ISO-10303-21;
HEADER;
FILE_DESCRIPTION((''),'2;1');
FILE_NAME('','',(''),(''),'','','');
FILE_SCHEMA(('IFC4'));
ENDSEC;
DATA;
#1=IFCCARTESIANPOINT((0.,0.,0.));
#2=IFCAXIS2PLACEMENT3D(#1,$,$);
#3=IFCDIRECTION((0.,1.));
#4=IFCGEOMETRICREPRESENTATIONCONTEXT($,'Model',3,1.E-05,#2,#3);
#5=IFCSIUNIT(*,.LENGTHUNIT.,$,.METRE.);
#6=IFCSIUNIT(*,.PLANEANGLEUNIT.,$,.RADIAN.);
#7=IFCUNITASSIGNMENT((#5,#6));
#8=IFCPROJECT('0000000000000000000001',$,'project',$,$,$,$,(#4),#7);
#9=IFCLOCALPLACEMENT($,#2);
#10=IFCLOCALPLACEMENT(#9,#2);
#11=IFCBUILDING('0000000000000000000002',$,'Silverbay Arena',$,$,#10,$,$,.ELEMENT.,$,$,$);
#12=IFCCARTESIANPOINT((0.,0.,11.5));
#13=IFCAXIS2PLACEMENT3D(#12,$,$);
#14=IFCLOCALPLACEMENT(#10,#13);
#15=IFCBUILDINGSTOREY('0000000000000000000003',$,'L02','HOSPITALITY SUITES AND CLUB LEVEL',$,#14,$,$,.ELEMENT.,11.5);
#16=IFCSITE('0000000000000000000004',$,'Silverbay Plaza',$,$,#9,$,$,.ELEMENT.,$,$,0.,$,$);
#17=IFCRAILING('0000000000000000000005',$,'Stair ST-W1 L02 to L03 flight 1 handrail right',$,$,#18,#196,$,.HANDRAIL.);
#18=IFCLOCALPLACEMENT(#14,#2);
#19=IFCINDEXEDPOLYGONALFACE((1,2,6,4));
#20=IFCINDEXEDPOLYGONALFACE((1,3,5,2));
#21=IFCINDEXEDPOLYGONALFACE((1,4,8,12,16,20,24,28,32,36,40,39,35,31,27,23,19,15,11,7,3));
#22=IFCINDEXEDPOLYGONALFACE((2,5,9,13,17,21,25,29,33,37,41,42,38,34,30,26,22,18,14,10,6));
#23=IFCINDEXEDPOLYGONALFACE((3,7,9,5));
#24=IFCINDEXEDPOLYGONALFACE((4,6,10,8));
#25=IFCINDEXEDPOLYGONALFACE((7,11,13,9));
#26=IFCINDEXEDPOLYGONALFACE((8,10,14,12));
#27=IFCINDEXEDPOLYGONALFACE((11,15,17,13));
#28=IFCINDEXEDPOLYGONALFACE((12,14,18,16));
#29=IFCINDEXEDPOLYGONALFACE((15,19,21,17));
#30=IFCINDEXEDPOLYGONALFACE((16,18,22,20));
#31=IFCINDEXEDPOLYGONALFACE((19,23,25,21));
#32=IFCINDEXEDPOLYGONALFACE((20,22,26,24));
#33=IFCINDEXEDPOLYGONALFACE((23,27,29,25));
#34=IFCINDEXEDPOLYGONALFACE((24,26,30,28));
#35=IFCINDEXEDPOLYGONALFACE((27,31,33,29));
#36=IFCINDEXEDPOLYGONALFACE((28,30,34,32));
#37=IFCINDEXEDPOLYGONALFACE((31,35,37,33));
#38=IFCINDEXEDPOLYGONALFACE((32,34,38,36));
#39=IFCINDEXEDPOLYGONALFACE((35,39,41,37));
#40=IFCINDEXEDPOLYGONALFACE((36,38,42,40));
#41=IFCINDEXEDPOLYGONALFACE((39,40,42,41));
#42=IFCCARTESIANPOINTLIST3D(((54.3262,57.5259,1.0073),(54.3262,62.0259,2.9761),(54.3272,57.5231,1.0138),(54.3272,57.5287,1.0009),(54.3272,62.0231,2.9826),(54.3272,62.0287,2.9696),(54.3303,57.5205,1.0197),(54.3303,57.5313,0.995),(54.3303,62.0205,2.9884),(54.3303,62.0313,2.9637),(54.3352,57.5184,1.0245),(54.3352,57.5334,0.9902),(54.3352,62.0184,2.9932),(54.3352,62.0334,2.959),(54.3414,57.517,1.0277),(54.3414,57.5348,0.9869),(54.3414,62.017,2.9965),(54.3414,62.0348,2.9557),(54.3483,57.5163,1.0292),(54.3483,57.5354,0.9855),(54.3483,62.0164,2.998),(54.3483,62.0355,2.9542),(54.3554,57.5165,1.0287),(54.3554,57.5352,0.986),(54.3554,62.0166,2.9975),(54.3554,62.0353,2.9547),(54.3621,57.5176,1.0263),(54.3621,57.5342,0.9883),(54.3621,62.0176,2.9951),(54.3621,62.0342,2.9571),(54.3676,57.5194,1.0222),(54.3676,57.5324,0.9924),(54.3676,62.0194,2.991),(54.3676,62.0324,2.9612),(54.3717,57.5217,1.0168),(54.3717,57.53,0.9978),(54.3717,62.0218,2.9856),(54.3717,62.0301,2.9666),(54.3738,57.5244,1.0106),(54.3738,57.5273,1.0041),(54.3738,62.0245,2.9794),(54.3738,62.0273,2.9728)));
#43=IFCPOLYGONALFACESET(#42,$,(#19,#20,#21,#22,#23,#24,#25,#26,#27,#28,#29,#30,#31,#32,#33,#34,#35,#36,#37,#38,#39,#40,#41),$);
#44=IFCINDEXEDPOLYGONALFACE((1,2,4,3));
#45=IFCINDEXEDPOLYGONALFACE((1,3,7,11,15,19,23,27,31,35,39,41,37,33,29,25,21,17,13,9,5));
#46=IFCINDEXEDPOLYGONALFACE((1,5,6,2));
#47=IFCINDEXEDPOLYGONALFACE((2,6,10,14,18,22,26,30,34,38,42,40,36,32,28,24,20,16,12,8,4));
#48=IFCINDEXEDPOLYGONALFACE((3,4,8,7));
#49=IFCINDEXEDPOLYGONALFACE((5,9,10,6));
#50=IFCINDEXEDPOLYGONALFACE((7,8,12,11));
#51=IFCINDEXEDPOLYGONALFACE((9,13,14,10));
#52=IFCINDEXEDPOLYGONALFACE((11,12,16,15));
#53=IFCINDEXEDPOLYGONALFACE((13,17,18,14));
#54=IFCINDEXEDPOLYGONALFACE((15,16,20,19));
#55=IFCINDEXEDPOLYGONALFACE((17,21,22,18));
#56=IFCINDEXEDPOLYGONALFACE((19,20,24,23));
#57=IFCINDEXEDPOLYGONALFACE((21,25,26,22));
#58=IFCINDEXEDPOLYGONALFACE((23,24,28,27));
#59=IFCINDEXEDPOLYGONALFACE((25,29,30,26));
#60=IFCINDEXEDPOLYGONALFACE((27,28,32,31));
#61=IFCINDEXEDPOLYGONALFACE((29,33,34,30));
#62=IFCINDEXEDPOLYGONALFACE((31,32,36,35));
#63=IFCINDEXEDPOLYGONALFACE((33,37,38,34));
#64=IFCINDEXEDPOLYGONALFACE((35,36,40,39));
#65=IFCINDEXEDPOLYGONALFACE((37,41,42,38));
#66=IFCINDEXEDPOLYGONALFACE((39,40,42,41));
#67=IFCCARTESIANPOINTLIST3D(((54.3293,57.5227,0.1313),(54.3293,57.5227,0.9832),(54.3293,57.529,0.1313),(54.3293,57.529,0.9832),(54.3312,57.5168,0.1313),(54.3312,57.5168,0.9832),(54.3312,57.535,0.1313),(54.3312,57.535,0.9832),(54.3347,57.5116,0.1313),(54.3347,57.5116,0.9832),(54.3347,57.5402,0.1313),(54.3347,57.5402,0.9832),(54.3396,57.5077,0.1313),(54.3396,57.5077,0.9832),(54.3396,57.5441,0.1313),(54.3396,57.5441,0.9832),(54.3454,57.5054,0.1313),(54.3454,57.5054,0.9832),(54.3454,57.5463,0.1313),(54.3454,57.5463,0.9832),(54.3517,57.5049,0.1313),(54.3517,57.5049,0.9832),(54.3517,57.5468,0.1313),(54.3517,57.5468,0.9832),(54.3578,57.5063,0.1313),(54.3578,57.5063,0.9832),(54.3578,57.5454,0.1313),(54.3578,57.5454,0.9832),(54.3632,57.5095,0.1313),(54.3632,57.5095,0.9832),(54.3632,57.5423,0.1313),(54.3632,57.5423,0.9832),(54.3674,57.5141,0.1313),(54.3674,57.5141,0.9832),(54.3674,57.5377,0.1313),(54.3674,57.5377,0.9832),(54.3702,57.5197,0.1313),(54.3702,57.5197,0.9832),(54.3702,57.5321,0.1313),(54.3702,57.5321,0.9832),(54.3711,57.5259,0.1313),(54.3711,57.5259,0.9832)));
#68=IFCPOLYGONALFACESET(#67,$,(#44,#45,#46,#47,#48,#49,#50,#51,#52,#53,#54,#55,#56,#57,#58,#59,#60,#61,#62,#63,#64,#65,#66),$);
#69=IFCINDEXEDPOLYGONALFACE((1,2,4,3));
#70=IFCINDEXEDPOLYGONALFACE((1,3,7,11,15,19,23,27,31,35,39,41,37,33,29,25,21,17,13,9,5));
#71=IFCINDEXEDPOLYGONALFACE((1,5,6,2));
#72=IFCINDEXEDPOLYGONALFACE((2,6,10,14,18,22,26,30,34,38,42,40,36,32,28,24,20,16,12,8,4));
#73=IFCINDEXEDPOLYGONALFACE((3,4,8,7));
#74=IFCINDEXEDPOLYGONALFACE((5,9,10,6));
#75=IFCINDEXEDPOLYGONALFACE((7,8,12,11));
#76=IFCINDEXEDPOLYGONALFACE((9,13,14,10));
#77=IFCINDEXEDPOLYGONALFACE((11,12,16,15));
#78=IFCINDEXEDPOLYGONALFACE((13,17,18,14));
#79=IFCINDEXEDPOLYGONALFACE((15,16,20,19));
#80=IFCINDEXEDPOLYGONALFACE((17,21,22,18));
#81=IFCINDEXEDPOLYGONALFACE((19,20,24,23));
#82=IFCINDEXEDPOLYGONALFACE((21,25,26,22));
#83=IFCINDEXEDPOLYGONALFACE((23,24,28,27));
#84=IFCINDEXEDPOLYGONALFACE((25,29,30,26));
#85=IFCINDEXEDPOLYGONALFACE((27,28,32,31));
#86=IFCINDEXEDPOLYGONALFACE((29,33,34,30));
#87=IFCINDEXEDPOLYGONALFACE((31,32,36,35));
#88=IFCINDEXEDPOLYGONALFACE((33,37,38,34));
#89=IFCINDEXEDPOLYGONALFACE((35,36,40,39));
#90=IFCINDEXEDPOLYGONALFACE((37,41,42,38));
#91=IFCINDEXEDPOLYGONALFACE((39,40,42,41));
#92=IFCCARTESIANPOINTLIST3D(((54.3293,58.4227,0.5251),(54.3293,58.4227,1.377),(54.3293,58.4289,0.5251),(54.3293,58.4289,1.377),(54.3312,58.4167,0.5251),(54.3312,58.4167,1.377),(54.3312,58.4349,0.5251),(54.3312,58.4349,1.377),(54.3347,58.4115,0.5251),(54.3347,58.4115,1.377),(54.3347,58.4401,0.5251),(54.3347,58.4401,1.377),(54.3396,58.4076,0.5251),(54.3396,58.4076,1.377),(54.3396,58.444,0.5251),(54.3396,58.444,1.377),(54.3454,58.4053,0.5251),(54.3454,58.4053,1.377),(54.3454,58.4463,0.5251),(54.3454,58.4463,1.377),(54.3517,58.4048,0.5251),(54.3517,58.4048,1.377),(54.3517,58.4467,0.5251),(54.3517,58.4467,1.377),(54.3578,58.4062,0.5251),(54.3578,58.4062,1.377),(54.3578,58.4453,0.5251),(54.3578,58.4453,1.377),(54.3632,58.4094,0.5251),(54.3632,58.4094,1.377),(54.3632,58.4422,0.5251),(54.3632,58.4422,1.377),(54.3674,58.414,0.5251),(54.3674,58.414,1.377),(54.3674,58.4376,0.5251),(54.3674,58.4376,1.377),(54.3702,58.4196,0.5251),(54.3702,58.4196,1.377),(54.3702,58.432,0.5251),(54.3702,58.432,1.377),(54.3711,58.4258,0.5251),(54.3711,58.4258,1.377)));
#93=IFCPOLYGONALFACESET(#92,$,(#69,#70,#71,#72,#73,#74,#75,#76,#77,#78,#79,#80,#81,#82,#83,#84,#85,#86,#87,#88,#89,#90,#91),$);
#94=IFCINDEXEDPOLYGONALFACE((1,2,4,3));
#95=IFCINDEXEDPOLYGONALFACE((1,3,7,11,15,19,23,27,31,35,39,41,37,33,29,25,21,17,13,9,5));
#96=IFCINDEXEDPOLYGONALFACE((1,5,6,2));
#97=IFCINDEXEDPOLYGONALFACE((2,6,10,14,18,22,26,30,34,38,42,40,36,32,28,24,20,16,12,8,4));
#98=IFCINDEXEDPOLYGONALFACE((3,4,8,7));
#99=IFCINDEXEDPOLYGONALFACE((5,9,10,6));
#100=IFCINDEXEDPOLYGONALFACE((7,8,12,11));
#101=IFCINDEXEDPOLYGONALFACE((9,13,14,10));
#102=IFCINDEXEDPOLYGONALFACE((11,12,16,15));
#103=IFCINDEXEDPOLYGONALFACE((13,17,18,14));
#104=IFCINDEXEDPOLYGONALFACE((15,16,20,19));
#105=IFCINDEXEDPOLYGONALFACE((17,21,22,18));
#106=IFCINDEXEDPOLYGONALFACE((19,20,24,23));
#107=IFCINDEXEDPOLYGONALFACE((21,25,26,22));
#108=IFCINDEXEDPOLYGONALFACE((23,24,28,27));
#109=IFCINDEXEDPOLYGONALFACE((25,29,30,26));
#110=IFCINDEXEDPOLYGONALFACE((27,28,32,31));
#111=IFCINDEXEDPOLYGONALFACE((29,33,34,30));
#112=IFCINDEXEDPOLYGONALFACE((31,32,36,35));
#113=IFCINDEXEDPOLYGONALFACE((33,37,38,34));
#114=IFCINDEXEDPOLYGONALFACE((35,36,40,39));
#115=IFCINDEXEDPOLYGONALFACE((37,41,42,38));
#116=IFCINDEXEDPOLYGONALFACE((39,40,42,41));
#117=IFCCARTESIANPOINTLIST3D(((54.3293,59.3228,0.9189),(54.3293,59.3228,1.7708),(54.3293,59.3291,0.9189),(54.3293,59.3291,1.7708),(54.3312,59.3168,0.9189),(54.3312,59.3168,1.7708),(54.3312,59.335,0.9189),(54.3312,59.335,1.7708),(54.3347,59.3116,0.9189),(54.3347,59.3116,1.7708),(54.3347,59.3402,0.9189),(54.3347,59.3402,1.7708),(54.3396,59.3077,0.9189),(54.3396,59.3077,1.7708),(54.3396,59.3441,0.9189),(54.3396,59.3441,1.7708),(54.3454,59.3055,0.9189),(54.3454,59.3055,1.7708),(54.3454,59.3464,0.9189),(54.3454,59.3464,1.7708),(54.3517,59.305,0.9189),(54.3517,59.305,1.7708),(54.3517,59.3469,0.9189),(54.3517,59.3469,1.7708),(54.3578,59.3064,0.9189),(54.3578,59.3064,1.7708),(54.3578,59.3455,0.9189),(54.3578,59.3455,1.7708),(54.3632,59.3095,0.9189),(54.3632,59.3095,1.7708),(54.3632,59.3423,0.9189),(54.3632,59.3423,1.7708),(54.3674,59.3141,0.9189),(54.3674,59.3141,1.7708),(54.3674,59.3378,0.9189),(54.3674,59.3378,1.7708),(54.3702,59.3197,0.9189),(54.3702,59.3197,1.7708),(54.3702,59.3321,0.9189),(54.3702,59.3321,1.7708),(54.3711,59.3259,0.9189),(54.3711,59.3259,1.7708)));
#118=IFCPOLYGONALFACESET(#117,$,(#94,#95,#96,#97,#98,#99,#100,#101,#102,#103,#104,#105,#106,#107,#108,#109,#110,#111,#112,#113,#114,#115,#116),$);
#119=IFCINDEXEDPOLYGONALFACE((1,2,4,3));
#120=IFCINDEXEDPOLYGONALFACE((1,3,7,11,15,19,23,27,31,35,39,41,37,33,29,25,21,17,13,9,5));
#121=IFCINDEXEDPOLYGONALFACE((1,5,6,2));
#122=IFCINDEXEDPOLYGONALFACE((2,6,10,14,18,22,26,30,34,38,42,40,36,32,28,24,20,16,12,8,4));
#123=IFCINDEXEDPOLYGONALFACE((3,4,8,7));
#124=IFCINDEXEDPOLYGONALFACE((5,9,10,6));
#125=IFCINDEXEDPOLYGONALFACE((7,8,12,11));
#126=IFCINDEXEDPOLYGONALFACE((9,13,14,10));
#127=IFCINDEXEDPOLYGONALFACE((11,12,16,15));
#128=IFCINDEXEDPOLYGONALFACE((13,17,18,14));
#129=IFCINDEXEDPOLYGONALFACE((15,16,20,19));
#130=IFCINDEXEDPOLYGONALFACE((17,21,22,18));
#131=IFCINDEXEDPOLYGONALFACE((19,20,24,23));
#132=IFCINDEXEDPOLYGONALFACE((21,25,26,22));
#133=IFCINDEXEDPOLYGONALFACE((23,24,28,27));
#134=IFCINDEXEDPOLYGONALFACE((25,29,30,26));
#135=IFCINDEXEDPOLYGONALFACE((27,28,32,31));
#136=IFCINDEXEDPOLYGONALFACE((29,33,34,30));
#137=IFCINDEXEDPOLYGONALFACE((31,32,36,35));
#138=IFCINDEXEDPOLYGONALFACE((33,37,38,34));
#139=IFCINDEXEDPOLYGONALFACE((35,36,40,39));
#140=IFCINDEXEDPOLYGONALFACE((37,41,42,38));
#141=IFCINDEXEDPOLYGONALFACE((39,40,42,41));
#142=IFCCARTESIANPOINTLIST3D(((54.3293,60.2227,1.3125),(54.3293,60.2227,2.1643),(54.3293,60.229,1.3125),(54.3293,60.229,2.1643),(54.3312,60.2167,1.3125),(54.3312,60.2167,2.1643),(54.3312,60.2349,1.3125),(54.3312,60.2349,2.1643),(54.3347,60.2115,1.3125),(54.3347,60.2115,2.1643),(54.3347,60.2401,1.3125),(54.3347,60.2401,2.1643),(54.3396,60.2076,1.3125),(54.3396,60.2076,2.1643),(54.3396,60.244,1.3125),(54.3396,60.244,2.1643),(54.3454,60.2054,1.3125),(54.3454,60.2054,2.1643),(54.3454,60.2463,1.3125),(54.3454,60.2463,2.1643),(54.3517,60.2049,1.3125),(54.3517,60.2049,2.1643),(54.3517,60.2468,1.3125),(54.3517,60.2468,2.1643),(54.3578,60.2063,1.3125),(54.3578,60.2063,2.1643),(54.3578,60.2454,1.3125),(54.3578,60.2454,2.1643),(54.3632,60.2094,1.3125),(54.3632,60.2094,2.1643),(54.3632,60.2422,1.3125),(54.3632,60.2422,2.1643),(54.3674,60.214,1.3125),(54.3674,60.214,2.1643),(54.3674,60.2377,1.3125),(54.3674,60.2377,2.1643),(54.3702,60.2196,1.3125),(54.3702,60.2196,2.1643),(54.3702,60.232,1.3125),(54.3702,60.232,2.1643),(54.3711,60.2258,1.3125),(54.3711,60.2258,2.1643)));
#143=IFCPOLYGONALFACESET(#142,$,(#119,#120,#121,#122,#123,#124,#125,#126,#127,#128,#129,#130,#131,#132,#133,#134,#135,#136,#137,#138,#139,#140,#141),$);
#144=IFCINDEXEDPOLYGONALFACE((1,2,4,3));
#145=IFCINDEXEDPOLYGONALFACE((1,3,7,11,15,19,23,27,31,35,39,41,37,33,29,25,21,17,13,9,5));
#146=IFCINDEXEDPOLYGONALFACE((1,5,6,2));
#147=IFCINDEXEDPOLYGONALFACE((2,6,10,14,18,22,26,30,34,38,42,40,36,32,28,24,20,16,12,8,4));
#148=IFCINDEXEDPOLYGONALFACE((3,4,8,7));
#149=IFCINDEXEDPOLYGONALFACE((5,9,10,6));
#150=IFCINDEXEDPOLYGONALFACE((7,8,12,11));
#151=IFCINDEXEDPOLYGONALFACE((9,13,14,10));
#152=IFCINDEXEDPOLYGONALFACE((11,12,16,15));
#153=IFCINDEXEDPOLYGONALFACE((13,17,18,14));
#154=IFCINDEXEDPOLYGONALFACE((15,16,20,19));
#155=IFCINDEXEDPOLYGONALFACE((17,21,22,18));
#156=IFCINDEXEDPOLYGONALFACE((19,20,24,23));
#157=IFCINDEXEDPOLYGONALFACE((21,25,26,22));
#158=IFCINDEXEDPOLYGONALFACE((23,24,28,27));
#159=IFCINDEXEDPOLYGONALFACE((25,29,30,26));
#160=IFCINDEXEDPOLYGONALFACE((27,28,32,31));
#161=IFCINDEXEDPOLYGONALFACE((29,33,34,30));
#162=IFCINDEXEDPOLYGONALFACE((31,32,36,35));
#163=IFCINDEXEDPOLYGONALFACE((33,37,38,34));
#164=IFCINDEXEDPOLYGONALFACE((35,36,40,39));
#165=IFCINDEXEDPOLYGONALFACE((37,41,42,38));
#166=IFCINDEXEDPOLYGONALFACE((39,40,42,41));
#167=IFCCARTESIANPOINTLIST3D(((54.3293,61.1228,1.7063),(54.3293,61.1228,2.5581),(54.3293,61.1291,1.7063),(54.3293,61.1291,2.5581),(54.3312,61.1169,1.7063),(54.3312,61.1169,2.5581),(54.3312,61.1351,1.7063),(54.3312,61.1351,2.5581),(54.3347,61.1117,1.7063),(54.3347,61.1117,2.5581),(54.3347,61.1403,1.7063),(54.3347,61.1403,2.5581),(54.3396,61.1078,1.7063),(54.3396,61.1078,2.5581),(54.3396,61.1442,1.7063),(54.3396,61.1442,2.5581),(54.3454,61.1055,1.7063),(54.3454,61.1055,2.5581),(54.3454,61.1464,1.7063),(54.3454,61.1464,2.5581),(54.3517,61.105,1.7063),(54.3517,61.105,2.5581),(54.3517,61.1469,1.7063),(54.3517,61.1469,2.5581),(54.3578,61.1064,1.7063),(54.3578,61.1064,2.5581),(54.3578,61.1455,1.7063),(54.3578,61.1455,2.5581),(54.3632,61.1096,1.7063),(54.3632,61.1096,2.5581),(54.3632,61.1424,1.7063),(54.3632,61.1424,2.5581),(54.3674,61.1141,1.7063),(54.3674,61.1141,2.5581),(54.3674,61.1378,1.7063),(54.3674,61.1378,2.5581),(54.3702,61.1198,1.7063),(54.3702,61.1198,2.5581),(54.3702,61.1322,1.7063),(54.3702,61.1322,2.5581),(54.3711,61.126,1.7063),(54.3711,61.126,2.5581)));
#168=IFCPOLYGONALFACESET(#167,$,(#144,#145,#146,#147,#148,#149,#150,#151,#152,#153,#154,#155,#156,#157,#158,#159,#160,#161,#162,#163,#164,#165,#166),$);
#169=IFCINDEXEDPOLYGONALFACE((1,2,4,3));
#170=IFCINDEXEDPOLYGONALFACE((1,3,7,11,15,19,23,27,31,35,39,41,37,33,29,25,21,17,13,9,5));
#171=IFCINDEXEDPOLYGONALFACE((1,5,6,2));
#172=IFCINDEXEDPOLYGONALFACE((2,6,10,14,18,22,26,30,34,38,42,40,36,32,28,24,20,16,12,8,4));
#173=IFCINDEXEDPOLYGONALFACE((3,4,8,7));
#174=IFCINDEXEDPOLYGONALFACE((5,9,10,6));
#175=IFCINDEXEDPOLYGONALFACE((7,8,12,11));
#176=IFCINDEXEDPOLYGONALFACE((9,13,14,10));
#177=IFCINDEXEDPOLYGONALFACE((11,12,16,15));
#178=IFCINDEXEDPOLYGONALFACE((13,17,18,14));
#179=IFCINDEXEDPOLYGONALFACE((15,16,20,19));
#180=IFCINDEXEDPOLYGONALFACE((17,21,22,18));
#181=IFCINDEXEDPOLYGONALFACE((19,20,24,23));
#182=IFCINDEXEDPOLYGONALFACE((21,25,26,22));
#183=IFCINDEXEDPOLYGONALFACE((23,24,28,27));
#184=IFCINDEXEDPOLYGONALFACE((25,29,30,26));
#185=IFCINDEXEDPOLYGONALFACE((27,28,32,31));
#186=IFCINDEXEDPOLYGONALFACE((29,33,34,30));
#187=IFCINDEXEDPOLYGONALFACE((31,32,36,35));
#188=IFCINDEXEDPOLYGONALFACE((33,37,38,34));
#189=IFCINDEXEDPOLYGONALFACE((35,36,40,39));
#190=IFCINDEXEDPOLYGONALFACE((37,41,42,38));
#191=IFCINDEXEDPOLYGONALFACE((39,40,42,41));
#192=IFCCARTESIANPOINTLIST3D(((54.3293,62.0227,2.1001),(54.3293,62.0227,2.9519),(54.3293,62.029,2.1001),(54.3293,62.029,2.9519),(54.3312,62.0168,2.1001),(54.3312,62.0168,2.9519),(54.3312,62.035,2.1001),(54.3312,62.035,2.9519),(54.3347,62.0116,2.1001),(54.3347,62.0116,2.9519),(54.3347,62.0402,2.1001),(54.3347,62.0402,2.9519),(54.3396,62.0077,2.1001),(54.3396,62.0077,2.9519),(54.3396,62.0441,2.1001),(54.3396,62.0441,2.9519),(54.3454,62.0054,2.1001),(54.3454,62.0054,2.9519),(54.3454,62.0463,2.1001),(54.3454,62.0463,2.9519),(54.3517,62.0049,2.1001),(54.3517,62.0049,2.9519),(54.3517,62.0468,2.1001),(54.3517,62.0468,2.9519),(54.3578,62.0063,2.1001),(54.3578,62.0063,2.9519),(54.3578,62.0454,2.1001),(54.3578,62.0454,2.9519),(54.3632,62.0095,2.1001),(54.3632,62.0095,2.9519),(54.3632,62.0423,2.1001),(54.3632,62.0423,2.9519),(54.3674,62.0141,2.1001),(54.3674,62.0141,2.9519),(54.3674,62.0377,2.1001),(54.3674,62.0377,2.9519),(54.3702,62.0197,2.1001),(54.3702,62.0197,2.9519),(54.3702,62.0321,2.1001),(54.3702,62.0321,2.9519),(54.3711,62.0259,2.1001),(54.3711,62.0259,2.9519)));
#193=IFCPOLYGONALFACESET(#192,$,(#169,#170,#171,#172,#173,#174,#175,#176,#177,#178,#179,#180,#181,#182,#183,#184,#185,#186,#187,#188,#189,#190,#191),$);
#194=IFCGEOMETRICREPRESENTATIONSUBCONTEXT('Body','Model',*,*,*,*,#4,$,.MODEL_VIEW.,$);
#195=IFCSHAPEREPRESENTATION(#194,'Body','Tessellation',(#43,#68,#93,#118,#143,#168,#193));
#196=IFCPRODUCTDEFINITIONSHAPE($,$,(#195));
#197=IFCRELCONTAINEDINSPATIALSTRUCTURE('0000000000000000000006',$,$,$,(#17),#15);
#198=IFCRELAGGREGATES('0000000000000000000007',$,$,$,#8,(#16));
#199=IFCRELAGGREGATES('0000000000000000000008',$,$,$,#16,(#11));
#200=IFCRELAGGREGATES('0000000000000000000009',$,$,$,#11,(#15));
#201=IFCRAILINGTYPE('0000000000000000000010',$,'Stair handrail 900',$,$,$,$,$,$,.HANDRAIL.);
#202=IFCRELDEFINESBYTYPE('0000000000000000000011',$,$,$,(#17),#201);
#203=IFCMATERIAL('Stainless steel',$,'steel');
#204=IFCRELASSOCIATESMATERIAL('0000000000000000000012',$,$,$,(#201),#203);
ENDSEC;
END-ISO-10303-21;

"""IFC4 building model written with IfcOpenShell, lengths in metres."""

from ifc_helpers import new_model, si_unit, direction, frame, origin, origin_2d, place, context, subcontext, project, spatial, circle, extrude, material, type_object, element, save


model = new_model("IFC4")

# Units and contexts
model_context = context("Model", 3, precision=1e-05, world=origin(), true_north=direction((0.0, 1.0)))
body_context = subcontext(model_context, "Body", "Model", "MODEL_VIEW")
ifc_project = project(units=[si_unit("LENGTHUNIT", "METRE"), si_unit("PLANEANGLEUNIT", "RADIAN")], contexts=[model_context])

# Site, building, storey
site_placement = place(None, origin())
site = spatial("IfcSite", under=ifc_project, at=site_placement, Name="Silverbay Plaza", CompositionType="ELEMENT", RefElevation=0.0)
building_placement = place(site_placement, origin())
building = spatial("IfcBuilding", under=site, at=building_placement, Name="Silverbay Arena", CompositionType="ELEMENT")
storey_placement = place(building_placement, frame((0.0, 0.0, 11.5)))
storey = spatial("IfcBuildingStorey", under=building, at=storey_placement, Name="L02", Description="HOSPITALITY SUITES AND CLUB LEVEL", CompositionType="ELEMENT", Elevation=11.5)

# Railing
ifc_material_1 = material(Name="Stainless steel", Category="steel")
railing_type_1 = type_object("IfcRailingType", Name="Stair handrail 900", PredefinedType="HANDRAIL", material=ifc_material_1)
for number, where, name in (
    (1, (54.3501, 57.5259, 0.1313), "Stair ST-W1 L02 to L03 flight 1 handrail right"),
):
    element("IfcRailing", number, at=place(storey_placement, frame(where)), inside=storey, type_object=railing_type_1, Name=name, PredefinedType="HANDRAIL", context=body_context, shape_type="SweptSolid", body=[
        extrude(circle(Radius=0.0239, at=origin_2d()), frame((0.0, 0.0, 0.876), z_axis=(0.0, 0.916157, 0.400819), x_axis=(-1.0, 0.0, 0.0)), (0.0, 0.0, 1.0), 4.9119),
        extrude(circle(Radius=0.021, at=origin_2d()), origin(), (0.0, 0.0, 1.0), 0.8518),
        extrude(circle(Radius=0.021, at=origin_2d()), frame((0.0, 0.8999, 0.3938)), (0.0, 0.0, 1.0), 0.8518),
        extrude(circle(Radius=0.021, at=origin_2d()), frame((0.0, 1.8, 0.7876)), (0.0, 0.0, 1.0), 0.8518),
        extrude(circle(Radius=0.021, at=origin_2d()), frame((0.0, 2.7, 1.1812)), (0.0, 0.0, 1.0), 0.8518),
        extrude(circle(Radius=0.021, at=origin_2d()), frame((0.0, 3.6001, 1.575)), (0.0, 0.0, 1.0), 0.8518),
        extrude(circle(Radius=0.021, at=origin_2d()), frame((0.0, 4.5, 1.9688)), (0.0, 0.0, 1.0), 0.8518),
    ])

save(model, "model.ifc")
